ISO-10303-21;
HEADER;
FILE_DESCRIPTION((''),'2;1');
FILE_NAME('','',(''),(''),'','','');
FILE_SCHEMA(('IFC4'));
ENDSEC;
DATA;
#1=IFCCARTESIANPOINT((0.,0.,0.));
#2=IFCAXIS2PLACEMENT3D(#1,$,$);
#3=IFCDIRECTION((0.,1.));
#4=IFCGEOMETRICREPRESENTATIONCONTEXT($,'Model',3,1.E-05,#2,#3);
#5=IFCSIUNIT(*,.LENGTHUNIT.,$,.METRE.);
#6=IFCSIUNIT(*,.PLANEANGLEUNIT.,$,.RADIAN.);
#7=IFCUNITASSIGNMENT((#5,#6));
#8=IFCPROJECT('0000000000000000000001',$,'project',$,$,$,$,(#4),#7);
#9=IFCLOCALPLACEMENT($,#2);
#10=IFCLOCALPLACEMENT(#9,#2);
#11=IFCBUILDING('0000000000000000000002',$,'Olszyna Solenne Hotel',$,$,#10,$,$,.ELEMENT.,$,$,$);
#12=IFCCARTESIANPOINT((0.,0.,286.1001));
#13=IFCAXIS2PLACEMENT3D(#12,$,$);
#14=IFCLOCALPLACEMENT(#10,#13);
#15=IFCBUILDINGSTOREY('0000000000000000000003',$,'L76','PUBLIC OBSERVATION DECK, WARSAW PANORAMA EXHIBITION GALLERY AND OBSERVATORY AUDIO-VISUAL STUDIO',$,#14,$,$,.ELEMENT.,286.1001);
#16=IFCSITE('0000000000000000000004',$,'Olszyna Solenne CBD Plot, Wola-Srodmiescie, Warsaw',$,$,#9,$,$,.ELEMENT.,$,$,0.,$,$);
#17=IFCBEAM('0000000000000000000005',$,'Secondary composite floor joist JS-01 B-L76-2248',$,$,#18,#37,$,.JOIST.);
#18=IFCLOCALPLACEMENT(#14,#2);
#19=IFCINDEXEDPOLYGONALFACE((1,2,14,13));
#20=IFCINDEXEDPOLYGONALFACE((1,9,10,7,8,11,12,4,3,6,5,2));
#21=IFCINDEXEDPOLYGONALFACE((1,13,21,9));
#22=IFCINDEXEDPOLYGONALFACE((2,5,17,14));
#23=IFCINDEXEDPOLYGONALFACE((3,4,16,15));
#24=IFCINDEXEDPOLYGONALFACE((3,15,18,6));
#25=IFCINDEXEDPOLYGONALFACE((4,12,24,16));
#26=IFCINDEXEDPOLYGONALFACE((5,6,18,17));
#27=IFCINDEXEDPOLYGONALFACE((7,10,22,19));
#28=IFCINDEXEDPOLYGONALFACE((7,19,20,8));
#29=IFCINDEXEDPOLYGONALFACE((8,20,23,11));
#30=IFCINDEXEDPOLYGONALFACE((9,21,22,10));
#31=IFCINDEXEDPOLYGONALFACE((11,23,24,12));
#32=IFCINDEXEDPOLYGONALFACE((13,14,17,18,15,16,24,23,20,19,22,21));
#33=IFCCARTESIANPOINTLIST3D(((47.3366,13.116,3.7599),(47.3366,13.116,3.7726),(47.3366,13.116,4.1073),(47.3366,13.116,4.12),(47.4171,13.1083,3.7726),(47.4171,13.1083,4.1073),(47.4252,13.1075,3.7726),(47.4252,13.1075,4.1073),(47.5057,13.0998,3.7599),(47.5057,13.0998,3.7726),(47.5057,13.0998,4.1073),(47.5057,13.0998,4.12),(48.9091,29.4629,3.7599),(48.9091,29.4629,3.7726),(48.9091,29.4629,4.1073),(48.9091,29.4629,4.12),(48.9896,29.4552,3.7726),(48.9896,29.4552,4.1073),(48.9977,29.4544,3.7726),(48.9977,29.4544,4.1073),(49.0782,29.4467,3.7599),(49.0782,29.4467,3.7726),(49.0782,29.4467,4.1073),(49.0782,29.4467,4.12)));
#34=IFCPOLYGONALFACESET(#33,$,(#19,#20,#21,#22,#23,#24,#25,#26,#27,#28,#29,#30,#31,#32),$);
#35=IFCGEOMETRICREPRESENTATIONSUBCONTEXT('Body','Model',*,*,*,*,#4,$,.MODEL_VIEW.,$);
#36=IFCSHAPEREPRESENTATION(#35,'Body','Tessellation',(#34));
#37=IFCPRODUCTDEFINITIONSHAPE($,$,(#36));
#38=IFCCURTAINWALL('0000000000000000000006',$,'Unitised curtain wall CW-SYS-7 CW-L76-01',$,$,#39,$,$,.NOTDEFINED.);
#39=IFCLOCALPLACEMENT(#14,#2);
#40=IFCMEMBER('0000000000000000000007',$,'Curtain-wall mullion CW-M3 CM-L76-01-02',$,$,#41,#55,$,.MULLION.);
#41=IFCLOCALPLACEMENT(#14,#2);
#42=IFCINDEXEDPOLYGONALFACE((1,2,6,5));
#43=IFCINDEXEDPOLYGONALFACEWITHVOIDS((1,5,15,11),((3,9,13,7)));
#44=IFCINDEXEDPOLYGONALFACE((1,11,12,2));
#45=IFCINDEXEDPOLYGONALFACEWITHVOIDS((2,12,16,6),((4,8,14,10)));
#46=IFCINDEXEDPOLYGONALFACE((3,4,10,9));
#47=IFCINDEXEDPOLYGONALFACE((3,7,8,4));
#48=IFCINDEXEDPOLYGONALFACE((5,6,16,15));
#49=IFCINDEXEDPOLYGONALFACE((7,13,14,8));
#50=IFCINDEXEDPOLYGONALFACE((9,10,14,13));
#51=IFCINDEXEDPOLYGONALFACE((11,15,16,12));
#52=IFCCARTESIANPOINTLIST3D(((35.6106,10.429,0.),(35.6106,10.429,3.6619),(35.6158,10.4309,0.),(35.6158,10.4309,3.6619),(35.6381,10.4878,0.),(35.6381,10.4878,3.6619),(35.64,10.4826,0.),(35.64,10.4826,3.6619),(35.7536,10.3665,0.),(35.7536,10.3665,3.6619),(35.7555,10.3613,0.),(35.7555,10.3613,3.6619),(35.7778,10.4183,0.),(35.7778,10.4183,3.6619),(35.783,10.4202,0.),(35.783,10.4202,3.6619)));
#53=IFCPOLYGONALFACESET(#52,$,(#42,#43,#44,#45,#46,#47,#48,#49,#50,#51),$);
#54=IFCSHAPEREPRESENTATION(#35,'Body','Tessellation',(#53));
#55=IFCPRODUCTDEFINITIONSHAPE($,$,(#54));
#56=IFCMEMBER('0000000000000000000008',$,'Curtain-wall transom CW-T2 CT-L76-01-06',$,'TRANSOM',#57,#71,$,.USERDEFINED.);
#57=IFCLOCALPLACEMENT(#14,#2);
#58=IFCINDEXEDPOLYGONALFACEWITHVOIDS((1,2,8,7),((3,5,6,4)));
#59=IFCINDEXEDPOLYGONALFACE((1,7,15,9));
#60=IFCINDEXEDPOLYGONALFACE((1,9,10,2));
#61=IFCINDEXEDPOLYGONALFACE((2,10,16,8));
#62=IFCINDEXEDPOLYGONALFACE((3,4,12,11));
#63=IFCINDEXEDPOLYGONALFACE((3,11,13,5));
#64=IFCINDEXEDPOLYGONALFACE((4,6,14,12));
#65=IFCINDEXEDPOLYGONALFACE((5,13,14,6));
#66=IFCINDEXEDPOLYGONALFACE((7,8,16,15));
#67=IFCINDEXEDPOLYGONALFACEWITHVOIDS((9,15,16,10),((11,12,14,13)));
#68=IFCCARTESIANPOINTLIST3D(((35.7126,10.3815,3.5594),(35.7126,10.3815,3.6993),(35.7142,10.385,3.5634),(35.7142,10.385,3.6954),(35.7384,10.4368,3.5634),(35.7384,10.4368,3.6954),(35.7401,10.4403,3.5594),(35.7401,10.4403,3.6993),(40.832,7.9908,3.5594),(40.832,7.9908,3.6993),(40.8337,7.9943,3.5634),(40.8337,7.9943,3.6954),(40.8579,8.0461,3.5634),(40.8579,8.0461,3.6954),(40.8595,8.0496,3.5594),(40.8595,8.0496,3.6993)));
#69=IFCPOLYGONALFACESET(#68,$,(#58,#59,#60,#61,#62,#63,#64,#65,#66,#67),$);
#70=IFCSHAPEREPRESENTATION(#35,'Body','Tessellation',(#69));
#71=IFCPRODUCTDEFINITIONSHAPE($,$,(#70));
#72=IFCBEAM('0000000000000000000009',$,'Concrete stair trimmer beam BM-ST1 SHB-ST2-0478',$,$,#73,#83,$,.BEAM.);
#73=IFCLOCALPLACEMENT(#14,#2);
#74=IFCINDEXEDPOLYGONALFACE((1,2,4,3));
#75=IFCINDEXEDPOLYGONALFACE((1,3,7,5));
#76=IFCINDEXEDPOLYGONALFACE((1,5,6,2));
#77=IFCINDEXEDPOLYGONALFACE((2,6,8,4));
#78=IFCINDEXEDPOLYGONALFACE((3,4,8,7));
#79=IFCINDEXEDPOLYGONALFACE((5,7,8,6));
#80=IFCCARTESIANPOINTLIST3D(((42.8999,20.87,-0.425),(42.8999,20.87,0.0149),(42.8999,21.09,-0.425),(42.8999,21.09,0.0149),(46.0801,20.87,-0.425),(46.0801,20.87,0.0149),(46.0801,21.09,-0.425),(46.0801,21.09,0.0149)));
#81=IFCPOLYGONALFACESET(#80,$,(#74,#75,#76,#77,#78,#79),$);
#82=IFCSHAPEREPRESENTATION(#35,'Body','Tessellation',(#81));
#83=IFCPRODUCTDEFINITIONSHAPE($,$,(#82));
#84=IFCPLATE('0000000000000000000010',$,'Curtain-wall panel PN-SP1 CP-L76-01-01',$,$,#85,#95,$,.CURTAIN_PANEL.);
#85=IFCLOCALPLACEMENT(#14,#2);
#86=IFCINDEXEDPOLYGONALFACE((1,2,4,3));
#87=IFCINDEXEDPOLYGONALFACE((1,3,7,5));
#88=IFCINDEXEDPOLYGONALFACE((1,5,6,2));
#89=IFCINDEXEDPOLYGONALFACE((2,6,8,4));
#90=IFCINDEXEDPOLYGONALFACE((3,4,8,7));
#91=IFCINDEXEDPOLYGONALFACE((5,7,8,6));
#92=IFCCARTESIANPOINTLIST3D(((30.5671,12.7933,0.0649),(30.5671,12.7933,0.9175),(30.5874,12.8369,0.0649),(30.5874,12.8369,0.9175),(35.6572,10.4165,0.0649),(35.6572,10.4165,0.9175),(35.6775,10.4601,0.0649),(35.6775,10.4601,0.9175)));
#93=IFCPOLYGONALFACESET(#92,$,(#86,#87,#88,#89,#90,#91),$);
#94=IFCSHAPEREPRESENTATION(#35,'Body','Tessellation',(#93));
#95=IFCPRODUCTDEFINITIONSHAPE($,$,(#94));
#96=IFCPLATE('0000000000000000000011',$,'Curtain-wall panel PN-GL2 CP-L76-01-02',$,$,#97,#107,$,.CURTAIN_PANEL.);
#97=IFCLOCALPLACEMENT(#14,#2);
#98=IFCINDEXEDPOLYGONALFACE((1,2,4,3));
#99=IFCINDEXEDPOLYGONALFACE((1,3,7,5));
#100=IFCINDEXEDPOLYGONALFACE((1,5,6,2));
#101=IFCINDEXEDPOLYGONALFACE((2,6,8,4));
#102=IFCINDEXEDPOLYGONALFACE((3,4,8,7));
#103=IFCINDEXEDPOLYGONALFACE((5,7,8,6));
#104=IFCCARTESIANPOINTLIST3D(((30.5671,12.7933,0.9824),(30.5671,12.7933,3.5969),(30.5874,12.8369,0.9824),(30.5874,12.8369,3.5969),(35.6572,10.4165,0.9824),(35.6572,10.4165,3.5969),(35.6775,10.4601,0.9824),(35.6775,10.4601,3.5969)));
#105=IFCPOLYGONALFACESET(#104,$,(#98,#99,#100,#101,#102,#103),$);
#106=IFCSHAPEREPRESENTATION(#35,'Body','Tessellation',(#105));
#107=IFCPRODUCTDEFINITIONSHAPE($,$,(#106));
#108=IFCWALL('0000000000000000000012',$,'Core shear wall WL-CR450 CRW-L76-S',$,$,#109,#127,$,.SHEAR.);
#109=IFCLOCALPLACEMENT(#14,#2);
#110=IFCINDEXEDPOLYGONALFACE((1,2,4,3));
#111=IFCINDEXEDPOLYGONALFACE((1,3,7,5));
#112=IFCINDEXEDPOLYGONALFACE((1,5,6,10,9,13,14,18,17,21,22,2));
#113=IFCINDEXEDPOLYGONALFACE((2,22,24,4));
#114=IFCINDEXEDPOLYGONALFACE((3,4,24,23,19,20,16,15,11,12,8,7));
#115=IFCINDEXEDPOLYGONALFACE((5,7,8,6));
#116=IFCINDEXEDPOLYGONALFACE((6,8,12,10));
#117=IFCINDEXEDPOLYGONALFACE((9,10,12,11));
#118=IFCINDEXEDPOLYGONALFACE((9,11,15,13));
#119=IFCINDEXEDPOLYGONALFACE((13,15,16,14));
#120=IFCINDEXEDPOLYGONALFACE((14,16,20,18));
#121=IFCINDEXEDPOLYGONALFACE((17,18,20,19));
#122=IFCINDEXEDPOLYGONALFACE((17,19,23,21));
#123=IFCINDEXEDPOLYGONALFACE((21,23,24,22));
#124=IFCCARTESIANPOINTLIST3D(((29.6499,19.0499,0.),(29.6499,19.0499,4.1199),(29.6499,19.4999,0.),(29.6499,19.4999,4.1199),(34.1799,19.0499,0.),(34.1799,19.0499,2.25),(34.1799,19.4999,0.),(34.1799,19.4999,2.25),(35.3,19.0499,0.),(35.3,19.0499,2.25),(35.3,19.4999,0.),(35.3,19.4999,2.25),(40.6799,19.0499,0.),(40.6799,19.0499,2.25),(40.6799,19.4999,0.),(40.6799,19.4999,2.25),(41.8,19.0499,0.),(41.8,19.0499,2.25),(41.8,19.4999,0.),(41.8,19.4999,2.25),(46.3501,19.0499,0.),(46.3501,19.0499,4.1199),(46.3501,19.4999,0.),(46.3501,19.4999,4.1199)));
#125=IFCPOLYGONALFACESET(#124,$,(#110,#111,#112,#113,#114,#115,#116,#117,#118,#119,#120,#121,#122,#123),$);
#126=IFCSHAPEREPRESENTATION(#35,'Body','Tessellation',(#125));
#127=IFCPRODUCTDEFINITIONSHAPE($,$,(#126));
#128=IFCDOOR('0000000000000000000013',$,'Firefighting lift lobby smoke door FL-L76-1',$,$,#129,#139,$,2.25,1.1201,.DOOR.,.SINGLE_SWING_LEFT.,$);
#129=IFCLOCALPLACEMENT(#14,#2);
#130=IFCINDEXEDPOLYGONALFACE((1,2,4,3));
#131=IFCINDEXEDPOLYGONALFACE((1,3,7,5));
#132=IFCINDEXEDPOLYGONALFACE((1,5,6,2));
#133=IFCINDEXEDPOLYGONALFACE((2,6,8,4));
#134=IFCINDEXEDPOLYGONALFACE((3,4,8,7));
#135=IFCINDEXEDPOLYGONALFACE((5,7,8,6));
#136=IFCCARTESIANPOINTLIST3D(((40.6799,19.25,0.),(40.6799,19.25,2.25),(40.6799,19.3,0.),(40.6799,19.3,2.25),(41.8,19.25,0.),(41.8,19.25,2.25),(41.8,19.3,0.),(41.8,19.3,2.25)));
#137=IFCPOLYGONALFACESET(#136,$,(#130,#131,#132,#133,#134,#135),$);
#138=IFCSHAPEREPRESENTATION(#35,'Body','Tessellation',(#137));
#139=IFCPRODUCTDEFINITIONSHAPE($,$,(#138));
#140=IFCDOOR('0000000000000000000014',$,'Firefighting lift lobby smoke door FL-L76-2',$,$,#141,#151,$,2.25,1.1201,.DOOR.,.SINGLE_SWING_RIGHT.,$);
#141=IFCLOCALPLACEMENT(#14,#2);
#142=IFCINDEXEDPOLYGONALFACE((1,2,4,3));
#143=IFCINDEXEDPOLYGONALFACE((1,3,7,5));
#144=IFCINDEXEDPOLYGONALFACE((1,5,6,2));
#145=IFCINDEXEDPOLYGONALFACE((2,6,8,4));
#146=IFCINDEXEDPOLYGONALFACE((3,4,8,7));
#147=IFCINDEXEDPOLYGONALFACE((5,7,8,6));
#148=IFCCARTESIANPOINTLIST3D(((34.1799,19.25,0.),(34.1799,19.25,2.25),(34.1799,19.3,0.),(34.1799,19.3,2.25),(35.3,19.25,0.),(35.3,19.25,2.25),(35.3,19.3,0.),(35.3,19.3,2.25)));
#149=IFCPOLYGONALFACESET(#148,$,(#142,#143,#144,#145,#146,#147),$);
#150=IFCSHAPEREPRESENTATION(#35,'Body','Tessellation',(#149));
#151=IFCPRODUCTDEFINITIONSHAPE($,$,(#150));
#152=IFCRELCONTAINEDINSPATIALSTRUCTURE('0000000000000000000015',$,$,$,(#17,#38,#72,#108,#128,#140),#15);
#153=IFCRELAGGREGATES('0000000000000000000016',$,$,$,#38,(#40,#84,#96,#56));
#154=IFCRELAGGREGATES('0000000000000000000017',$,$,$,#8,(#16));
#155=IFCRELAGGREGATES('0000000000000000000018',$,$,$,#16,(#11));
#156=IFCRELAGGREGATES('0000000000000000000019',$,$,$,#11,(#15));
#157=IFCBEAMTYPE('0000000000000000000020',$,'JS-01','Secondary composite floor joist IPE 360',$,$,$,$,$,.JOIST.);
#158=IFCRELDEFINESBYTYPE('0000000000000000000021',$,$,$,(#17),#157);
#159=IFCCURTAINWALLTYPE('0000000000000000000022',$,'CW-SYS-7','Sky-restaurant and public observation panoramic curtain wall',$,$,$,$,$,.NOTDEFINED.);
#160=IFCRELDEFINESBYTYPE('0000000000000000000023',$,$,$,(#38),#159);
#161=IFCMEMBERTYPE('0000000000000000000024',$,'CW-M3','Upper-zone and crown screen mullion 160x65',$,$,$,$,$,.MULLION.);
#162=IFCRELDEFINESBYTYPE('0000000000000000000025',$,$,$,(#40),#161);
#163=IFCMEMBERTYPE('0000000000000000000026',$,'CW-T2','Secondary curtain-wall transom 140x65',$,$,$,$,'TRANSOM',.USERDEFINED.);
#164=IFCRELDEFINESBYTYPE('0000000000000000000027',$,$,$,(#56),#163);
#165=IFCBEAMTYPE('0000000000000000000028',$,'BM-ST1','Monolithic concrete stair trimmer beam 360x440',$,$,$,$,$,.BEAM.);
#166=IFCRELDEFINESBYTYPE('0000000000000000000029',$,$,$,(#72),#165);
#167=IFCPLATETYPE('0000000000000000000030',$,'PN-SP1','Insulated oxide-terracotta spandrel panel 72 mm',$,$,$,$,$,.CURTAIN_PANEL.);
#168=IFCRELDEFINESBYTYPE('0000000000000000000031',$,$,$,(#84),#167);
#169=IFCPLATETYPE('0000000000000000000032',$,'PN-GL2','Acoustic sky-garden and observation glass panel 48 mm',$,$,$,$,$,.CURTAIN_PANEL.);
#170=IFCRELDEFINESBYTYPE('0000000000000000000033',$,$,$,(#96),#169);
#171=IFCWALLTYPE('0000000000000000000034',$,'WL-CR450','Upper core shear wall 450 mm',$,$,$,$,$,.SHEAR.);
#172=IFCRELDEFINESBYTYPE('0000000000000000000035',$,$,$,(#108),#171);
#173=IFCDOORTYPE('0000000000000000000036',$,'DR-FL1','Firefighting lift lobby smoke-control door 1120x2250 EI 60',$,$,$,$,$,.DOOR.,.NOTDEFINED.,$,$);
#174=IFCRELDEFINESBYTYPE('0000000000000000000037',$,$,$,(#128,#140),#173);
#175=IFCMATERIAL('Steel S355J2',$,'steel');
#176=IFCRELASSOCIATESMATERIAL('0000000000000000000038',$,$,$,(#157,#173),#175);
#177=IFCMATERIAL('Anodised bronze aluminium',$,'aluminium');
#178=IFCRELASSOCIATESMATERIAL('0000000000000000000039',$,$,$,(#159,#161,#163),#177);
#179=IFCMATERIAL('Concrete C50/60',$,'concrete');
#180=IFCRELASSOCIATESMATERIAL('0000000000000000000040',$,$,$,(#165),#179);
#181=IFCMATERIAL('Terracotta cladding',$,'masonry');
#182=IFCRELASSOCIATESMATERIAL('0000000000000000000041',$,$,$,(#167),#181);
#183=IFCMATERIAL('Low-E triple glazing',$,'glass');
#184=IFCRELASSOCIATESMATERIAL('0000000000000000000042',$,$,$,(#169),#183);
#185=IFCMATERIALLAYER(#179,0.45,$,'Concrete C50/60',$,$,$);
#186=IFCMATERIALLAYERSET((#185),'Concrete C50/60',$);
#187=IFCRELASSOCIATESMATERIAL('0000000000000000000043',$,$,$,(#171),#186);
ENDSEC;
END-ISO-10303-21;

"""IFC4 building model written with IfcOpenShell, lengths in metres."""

from ifc_helpers import new_model, si_unit, direction, frame, frame_2d, origin, origin_2d, place, context, subcontext, project, spatial, rectangle, hollow_rectangle, i_section, extrude, source, transform, mapped, material, layer, layer_set, material_profile, profile_set, type_object, type_shapes, element, fill, aggregate, save


model = new_model("IFC4")

# Units and contexts
model_context = context("Model", 3, precision=1e-05, world=origin(), true_north=direction((0.0, 1.0)))
body_context = subcontext(model_context, "Body", "Model", "MODEL_VIEW")
ifc_project = project(units=[si_unit("LENGTHUNIT", "METRE"), si_unit("PLANEANGLEUNIT", "RADIAN")], contexts=[model_context])

# Site, building, storey
site_placement = place(None, origin())
site = spatial("IfcSite", under=ifc_project, at=site_placement, Name="Olszyna Solenne CBD Plot, Wola-Srodmiescie, Warsaw", CompositionType="ELEMENT", RefElevation=0.0)
building_placement = place(site_placement, origin())
building = spatial("IfcBuilding", under=site, at=building_placement, Name="Olszyna Solenne Hotel", CompositionType="ELEMENT")
storey_placement = place(building_placement, frame((0.0, 0.0, 286.1001)))
storey = spatial("IfcBuildingStorey", under=building, at=storey_placement, Name="L76", Description="PUBLIC OBSERVATION DECK, WARSAW PANORAMA EXHIBITION GALLERY AND OBSERVATORY AUDIO-VISUAL STUDIO", CompositionType="ELEMENT", Elevation=286.1001)

# Beam
ifc_material_1 = material(Name="Steel S355J2", Category="steel")
ifc_material_profile_1 = material_profile(ifc_material_1, i_section(OverallWidth=0.1699, OverallDepth=0.3601, WebThickness=0.0081, FlangeThickness=0.0127, at=origin_2d()), Name="IPE 360", Category="load-bearing")
ifc_profile_set_1 = profile_set([ifc_material_profile_1], Name="Steel S355J2")
beam_type_1 = type_object("IfcBeamType", Name="JS-01", Description="Secondary composite floor joist IPE 360", PredefinedType="JOIST", material=ifc_profile_set_1)
shared_shape_1 = source(origin(), body_context, "Body", "SweptSolid", [
    extrude(i_section(OverallWidth=0.1699, OverallDepth=0.3601, WebThickness=0.0081, FlangeThickness=0.0127, at=origin_2d()), origin(), (0.0, 0.0, 1.0), 16.4224),
])
beam_1_placement = place(storey_placement, frame((47.4211, 13.1079, 3.9399), z_axis=(0.095754, 0.995405, 0.0), x_axis=(-0.995405, 0.095754, 0.0)))
element("IfcBeam", 1, at=beam_1_placement, inside=storey, type_object=beam_type_1, Name="Secondary composite floor joist JS-01 B-L76-2248", PredefinedType="JOIST", context=body_context, shape_type="MappedRepresentation", body=[
    mapped(shared_shape_1, transform((0.0, 0.0, 0.0), x_axis=(1.0, 0.0, 0.0), y_axis=(0.0, 1.0, 0.0), z_axis=(0.0, 0.0, 1.0), scale=1.0)),
])

# Curtain wall, members
ifc_material_2 = material(Name="Anodised bronze aluminium", Category="aluminium")
curtain_wall_type = type_object("IfcCurtainWallType", Name="CW-SYS-7", Description="Sky-restaurant and public observation panoramic curtain wall", PredefinedType="NOTDEFINED", material=ifc_material_2)
curtain_wall_placement = place(storey_placement, origin())
curtain_wall = element("IfcCurtainWall", 2, at=curtain_wall_placement, inside=storey, type_object=curtain_wall_type, Name="Unitised curtain wall CW-SYS-7 CW-L76-01", PredefinedType="NOTDEFINED")
ifc_material_profile_2 = material_profile(ifc_material_2, hollow_rectangle(XDim=0.0649, YDim=0.1599, WallThickness=0.0039, at=origin_2d()), Name="MULL 160x65x4", Category="load-bearing")
ifc_profile_set_2 = profile_set([ifc_material_profile_2], Name="Anodised bronze aluminium")
member_type_1 = type_object("IfcMemberType", Name="CW-M3", Description="Upper-zone and crown screen mullion 160x65", PredefinedType="MULLION", material=ifc_profile_set_2)
shared_shape_2 = source(origin(), body_context, "Body", "SweptSolid", [
    extrude(hollow_rectangle(XDim=0.0649, YDim=0.1599, WallThickness=0.0039, at=origin_2d()), origin(), (0.0, 0.0, 1.0), 3.6619),
])
member_1_placement = place(storey_placement, frame((35.6968, 10.4246, 0.0), z_axis=(0.0, 0.0, 1.0), x_axis=(0.423084, 0.90609, 0.0)))
member_1 = element("IfcMember", 3, at=member_1_placement, type_object=member_type_1, Name="Curtain-wall mullion CW-M3 CM-L76-01-02", PredefinedType="MULLION", context=body_context, shape_type="MappedRepresentation", body=[
    mapped(shared_shape_2, transform((0.0, 0.0, 0.0), x_axis=(1.0, 0.0, 0.0), y_axis=(0.0, 1.0, 0.0), z_axis=(0.0, 0.0, 1.0), scale=1.0)),
])
ifc_material_profile_3 = material_profile(ifc_material_2, hollow_rectangle(XDim=0.0649, YDim=0.1399, WallThickness=0.0039, at=origin_2d()), Name="TRAN 140x65x4", Category="load-bearing")
ifc_profile_set_3 = profile_set([ifc_material_profile_3], Name="Anodised bronze aluminium")
member_type_2 = type_object("IfcMemberType", Name="CW-T2", Description="Secondary curtain-wall transom 140x65", ElementType="TRANSOM", PredefinedType="USERDEFINED", material=ifc_profile_set_3)
shared_shape_3 = source(origin(), body_context, "Body", "SweptSolid", [
    extrude(hollow_rectangle(XDim=0.0649, YDim=0.1399, WallThickness=0.0039, at=origin_2d()), origin(), (0.0, 0.0, 1.0), 5.6501),
])
member_2_placement = place(storey_placement, frame((35.7263, 10.4109, 3.6294), z_axis=(0.906076, -0.423115, 0.0), x_axis=(0.423115, 0.906076, 0.0)))
member_2 = element("IfcMember", 4, at=member_2_placement, type_object=member_type_2, Name="Curtain-wall transom CW-T2 CT-L76-01-06", ObjectType="TRANSOM", PredefinedType="USERDEFINED", context=body_context, shape_type="MappedRepresentation", body=[
    mapped(shared_shape_3, transform((0.0, 0.0, 0.0), x_axis=(1.0, 0.0, 0.0), y_axis=(0.0, 1.0, 0.0), z_axis=(0.0, 0.0, 1.0), scale=1.0)),
])

# Beam
ifc_material_3 = material(Name="Concrete C50/60", Category="concrete")
ifc_material_profile_4 = material_profile(ifc_material_3, rectangle(XDim=0.22, YDim=0.4399, at=origin_2d()), Name="RC 220x440", Category="load-bearing")
ifc_profile_set_4 = profile_set([ifc_material_profile_4], Name="Concrete C50/60")
beam_type_2 = type_object("IfcBeamType", Name="BM-ST1", Description="Monolithic concrete stair trimmer beam 360x440", PredefinedType="BEAM", material=ifc_profile_set_4)
shared_shape_4 = source(origin(), body_context, "Body", "SweptSolid", [
    extrude(rectangle(XDim=0.22, YDim=0.4399, at=origin_2d()), origin(), (0.0, 0.0, 1.0), 3.1802),
])
beam_2_placement = place(storey_placement, frame((46.0801, 20.98, -0.2051), z_axis=(-1.0, 0.0, 0.0), x_axis=(0.0, -1.0, 0.0)))
element("IfcBeam", 5, at=beam_2_placement, inside=storey, type_object=beam_type_2, Name="Concrete stair trimmer beam BM-ST1 SHB-ST2-0478", PredefinedType="BEAM", context=body_context, shape_type="MappedRepresentation", body=[
    mapped(shared_shape_4, transform((0.0, 0.0, 0.0), x_axis=(1.0, 0.0, 0.0), y_axis=(0.0, 1.0, 0.0), z_axis=(0.0, 0.0, 1.0), scale=1.0)),
])

# Plates
ifc_material_4 = material(Name="Terracotta cladding", Category="masonry")
plate_type_1 = type_object("IfcPlateType", Name="PN-SP1", Description="Insulated oxide-terracotta spandrel panel 72 mm", PredefinedType="CURTAIN_PANEL", material=ifc_material_4)
shared_shape_5 = source(origin(), body_context, "Body", "SweptSolid", [
    extrude(rectangle(XDim=5.6177, YDim=0.0481, at=origin_2d()), origin(), (0.0, 0.0, 1.0), 0.8525),
])
plate_1_placement = place(storey_placement, frame((33.1223, 11.6267, 0.0649), z_axis=(0.0, 0.0, 1.0), x_axis=(0.90609, -0.423084, 0.0)))
plate_1 = element("IfcPlate", 6, at=plate_1_placement, type_object=plate_type_1, Name="Curtain-wall panel PN-SP1 CP-L76-01-01", PredefinedType="CURTAIN_PANEL", context=body_context, shape_type="MappedRepresentation", body=[
    mapped(shared_shape_5, transform((0.0, 0.0, 0.0), x_axis=(1.0, 0.0, 0.0), y_axis=(0.0, 1.0, 0.0), z_axis=(0.0, 0.0, 1.0), scale=1.0)),
])
ifc_material_5 = material(Name="Low-E triple glazing", Category="glass")
plate_type_2 = type_object("IfcPlateType", Name="PN-GL2", Description="Acoustic sky-garden and observation glass panel 48 mm", PredefinedType="CURTAIN_PANEL", material=ifc_material_5)
shared_shape_6 = source(origin(), body_context, "Body", "SweptSolid", [
    extrude(rectangle(XDim=5.6177, YDim=0.0481, at=origin_2d()), origin(), (0.0, 0.0, 1.0), 2.6145),
])
plate_2_placement = place(storey_placement, frame((33.1223, 11.6267, 0.9824), z_axis=(0.0, 0.0, 1.0), x_axis=(0.90609, -0.423084, 0.0)))
plate_2 = element("IfcPlate", 7, at=plate_2_placement, type_object=plate_type_2, Name="Curtain-wall panel PN-GL2 CP-L76-01-02", PredefinedType="CURTAIN_PANEL", context=body_context, shape_type="MappedRepresentation", body=[
    mapped(shared_shape_6, transform((0.0, 0.0, 0.0), x_axis=(1.0, 0.0, 0.0), y_axis=(0.0, 1.0, 0.0), z_axis=(0.0, 0.0, 1.0), scale=1.0)),
])
aggregate(curtain_wall, [member_1, plate_1, plate_2, member_2])

# Wall, openings, doors
ifc_layer_1 = layer(ifc_material_3, 0.45, Name="Concrete C50/60")
ifc_layer_set_1 = layer_set([ifc_layer_1], Name="Concrete C50/60")
wall_type_1 = type_object("IfcWallType", Name="WL-CR450", Description="Upper core shear wall 450 mm", PredefinedType="SHEAR", material=ifc_layer_set_1)
wall_1_placement = place(storey_placement, frame((46.3501, 19.2749, 0.0), z_axis=(0.0, 0.0, 1.0), x_axis=(-1.0, 0.0, 0.0)))
wall_1 = element("IfcWall", 8, at=wall_1_placement, inside=storey, type_object=wall_type_1, Name="Core shear wall WL-CR450 CRW-L76-S", PredefinedType="SHEAR", context=body_context, shape_type="SweptSolid", body=[
    extrude(rectangle(XDim=16.7002, YDim=0.45, at=frame_2d((8.3501, 0.0))), origin(), (0.0, 0.0, 1.0), 4.1199),
])
opening_1_placement = place(wall_1_placement, frame((4.55, 0.0, 0.0)))
opening_1 = element("IfcOpeningElement", 9, at=opening_1_placement, cuts=wall_1, PredefinedType="OPENING", context=body_context, shape_type="SweptSolid", body=[
    extrude(rectangle(XDim=1.1201, YDim=2.25, at=frame_2d((0.5601, 1.125))), frame((0.0, 0.2349, 0.0), z_axis=(0.0, -1.0, 0.0), x_axis=(1.0, 0.0, 0.0)), (0.0, 0.0, 1.0), 0.47),
])
opening_2_placement = place(wall_1_placement, frame((11.05, 0.0, 0.0)))
opening_2 = element("IfcOpeningElement", 10, at=opening_2_placement, cuts=wall_1, PredefinedType="OPENING", context=body_context, shape_type="SweptSolid", body=[
    extrude(rectangle(XDim=1.1201, YDim=2.25, at=frame_2d((0.5601, 1.125))), frame((0.0, 0.2349, 0.0), z_axis=(0.0, -1.0, 0.0), x_axis=(1.0, 0.0, 0.0)), (0.0, 0.0, 1.0), 0.47),
])
door_type_1 = type_object("IfcDoorType", Name="DR-FL1", Description="Firefighting lift lobby smoke-control door 1120x2250 EI 60", OperationType="NOTDEFINED", PredefinedType="DOOR", material=ifc_material_1)
shared_shape_7 = source(origin(), body_context, "Body", "SweptSolid", [
    extrude(rectangle(XDim=1.1201, YDim=2.25, at=frame_2d((0.5601, 1.125))), frame((0.0, 0.0249, 0.0), z_axis=(0.0, -1.0, 0.0), x_axis=(1.0, 0.0, 0.0)), (0.0, 0.0, 1.0), 0.05),
])
type_shapes(door_type_1, [shared_shape_7])
door_1_placement = place(opening_1_placement, origin())
door_1 = element("IfcDoor", 11, at=door_1_placement, inside=storey, type_object=door_type_1, Name="Firefighting lift lobby smoke door FL-L76-1", OperationType="SINGLE_SWING_LEFT", OverallHeight=2.25, OverallWidth=1.1201, PredefinedType="DOOR", context=body_context, shape_type="MappedRepresentation", body=[
    mapped(shared_shape_7, transform((0.0, 0.0, 0.0), x_axis=(1.0, 0.0, 0.0), y_axis=(0.0, 1.0, 0.0), z_axis=(0.0, 0.0, 1.0), scale=1.0)),
])
fill(opening_1, door_1)
door_2_placement = place(opening_2_placement, origin())
door_2 = element("IfcDoor", 12, at=door_2_placement, inside=storey, type_object=door_type_1, Name="Firefighting lift lobby smoke door FL-L76-2", OperationType="SINGLE_SWING_RIGHT", OverallHeight=2.25, OverallWidth=1.1201, PredefinedType="DOOR", context=body_context, shape_type="MappedRepresentation", body=[
    mapped(shared_shape_7, transform((0.0, 0.0, 0.0), x_axis=(1.0, 0.0, 0.0), y_axis=(0.0, 1.0, 0.0), z_axis=(0.0, 0.0, 1.0), scale=1.0)),
])
fill(opening_2, door_2)

save(model, "model.ifc")
